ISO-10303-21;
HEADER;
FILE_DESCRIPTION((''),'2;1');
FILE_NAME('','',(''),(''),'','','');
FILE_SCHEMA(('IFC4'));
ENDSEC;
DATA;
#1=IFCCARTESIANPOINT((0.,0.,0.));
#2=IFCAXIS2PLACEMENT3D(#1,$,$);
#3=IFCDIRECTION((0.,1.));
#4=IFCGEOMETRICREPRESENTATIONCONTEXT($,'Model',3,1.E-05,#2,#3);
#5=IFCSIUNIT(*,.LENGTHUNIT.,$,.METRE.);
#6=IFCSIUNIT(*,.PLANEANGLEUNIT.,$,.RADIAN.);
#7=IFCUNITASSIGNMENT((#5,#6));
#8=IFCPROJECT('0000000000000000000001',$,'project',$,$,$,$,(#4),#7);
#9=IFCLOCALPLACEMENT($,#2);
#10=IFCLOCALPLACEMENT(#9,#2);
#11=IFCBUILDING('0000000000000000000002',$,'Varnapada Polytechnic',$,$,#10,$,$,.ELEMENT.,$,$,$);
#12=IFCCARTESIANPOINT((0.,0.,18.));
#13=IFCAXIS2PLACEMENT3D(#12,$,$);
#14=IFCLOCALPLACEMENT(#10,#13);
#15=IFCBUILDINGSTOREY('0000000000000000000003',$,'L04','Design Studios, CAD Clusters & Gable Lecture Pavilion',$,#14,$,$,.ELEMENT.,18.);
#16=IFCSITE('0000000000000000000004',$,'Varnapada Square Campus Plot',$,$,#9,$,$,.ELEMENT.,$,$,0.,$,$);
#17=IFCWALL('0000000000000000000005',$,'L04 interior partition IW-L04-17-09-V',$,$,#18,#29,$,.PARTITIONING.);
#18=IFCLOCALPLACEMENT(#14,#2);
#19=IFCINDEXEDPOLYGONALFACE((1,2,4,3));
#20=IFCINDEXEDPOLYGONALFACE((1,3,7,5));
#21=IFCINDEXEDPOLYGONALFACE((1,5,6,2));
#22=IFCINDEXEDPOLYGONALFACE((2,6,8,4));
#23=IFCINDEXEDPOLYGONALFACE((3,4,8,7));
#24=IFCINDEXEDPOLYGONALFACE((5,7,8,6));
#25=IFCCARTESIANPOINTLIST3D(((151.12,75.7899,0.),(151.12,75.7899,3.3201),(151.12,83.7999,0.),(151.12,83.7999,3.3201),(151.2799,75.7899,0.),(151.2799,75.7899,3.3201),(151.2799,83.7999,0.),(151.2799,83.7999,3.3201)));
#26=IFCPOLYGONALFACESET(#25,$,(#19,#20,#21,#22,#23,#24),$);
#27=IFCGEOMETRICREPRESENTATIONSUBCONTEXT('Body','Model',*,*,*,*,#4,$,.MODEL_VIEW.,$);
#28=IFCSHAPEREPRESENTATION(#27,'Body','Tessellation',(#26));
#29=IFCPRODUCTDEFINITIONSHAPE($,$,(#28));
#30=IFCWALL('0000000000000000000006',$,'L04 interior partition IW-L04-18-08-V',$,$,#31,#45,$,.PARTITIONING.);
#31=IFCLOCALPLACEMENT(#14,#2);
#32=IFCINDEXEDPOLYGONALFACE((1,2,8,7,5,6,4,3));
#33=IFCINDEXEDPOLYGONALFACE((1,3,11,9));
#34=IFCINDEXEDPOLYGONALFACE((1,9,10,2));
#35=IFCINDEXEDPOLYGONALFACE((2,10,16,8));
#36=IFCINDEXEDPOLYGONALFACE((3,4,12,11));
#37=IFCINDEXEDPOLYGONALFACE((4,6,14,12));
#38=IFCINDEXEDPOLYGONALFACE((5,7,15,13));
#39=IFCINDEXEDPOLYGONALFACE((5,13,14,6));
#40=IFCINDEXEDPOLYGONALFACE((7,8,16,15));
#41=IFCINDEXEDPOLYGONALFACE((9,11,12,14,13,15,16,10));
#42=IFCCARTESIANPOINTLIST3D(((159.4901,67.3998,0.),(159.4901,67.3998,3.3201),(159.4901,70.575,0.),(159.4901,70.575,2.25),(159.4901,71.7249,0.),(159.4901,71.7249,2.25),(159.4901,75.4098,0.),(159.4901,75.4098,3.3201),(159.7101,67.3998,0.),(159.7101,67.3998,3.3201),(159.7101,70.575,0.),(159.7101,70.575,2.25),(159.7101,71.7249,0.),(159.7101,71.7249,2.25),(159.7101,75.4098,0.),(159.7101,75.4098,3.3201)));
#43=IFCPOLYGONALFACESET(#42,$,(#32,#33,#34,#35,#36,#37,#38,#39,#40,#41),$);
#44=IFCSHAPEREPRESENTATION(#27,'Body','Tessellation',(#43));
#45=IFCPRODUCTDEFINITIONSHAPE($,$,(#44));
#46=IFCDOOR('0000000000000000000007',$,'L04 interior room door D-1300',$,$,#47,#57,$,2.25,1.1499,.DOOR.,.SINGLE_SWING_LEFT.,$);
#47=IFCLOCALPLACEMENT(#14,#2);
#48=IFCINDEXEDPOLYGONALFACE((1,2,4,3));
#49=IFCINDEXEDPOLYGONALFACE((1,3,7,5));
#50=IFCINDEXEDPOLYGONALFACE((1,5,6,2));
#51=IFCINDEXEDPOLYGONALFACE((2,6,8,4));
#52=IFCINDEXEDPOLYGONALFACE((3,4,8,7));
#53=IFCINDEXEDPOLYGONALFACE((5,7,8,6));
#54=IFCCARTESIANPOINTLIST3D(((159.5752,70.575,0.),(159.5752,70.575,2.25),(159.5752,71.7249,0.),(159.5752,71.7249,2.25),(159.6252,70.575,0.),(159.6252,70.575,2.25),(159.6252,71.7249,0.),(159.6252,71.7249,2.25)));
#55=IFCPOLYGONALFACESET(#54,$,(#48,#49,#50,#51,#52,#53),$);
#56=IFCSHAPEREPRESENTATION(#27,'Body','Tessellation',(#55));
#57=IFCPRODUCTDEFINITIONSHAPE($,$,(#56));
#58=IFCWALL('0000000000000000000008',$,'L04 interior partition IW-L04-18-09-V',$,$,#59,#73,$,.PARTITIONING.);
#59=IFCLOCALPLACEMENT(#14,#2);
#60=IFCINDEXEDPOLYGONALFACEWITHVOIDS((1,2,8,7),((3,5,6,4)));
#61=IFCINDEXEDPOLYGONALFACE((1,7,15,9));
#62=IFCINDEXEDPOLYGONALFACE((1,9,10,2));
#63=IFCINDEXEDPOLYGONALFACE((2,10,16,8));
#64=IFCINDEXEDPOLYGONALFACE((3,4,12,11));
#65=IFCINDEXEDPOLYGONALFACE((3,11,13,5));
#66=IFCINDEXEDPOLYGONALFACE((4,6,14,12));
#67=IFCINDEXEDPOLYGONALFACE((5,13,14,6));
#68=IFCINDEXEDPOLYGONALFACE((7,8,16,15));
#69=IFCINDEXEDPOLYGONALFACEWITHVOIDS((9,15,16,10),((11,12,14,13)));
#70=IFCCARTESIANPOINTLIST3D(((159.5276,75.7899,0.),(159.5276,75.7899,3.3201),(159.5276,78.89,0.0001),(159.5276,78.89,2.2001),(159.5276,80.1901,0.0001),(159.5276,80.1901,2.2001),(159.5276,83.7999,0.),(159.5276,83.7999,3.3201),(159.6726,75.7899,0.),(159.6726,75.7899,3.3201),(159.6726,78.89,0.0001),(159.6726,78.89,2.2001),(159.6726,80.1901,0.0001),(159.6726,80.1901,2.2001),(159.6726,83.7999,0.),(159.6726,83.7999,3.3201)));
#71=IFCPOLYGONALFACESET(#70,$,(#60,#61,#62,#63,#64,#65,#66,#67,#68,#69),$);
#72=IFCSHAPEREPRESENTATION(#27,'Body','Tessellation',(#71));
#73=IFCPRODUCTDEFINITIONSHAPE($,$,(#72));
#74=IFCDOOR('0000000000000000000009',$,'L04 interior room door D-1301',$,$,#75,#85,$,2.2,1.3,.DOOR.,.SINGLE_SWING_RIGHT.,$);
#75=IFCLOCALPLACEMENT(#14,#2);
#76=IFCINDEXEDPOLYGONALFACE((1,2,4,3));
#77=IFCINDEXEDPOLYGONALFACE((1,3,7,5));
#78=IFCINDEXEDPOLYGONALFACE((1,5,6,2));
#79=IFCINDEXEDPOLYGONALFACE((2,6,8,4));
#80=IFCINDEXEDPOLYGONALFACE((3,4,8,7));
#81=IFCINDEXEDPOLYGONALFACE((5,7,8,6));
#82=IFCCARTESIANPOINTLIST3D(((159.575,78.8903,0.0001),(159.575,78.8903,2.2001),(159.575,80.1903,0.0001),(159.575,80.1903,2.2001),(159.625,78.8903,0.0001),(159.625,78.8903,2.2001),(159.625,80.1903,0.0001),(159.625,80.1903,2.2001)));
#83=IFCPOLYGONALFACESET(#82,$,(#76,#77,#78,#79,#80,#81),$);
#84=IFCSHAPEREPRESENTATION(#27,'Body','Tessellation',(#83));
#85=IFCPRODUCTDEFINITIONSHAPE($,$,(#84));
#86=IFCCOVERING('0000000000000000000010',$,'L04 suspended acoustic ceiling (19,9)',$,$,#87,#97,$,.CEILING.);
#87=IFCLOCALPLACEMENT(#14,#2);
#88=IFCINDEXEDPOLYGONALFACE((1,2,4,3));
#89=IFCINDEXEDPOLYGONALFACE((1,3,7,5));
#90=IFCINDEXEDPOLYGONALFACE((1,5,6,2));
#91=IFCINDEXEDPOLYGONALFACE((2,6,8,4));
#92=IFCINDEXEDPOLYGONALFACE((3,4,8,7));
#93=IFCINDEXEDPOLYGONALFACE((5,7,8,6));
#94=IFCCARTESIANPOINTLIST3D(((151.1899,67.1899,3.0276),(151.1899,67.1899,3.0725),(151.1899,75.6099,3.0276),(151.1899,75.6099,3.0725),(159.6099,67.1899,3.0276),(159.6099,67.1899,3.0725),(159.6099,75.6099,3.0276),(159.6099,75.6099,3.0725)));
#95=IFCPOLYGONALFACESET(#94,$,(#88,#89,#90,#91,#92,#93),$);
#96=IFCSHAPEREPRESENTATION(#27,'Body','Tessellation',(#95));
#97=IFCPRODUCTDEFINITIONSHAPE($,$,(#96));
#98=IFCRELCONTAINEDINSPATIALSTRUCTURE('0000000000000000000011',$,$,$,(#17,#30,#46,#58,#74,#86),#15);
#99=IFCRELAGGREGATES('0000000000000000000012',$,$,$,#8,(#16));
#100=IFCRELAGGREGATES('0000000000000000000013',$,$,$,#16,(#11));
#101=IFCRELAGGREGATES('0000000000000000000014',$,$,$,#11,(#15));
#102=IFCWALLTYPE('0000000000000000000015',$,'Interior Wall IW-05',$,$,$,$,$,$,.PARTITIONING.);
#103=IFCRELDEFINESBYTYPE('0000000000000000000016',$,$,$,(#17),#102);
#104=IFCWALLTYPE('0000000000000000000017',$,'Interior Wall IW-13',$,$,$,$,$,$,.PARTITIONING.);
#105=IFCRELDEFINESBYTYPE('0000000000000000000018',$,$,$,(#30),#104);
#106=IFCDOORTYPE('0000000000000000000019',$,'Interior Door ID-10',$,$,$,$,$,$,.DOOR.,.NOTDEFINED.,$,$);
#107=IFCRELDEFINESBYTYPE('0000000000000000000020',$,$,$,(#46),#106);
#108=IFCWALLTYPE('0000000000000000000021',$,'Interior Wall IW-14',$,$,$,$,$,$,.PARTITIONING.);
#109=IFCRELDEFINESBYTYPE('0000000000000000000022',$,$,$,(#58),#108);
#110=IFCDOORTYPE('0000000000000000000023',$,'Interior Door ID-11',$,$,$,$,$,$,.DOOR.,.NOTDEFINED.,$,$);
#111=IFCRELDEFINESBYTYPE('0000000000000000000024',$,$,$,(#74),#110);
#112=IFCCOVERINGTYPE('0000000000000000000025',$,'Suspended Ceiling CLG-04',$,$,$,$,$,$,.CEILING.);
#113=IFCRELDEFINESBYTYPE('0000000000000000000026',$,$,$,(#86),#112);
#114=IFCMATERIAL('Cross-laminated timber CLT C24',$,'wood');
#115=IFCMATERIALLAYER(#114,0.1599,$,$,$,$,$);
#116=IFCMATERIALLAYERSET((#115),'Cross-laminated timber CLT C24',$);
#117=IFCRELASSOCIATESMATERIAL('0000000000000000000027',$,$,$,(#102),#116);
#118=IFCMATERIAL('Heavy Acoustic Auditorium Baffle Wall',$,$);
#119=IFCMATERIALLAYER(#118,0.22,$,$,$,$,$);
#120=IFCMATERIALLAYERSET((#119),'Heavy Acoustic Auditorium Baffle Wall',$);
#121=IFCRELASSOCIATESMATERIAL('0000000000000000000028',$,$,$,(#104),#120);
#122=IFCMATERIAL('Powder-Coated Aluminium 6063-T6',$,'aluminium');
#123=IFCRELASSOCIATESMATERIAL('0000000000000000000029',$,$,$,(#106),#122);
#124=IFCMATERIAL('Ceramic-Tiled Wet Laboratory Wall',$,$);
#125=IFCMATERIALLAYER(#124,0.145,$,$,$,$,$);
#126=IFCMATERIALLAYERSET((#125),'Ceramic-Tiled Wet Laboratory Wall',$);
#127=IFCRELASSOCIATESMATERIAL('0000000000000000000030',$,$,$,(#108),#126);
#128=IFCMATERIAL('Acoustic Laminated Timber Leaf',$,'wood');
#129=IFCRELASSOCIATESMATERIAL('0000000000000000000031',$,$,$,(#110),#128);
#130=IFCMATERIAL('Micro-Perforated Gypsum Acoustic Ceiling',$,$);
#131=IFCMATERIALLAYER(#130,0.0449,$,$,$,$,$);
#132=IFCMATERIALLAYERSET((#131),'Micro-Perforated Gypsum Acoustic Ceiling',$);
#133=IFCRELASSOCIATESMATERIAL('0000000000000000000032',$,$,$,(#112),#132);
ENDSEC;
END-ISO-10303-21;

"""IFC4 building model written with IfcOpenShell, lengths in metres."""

from ifc_helpers import new_model, si_unit, direction, frame, frame_2d, origin, origin_2d, place, context, subcontext, project, spatial, rectangle, extrude, material, layer, layer_set, type_object, element, fill, save


model = new_model("IFC4")

# Units and contexts
model_context = context("Model", 3, precision=1e-05, world=origin(), true_north=direction((0.0, 1.0)))
body_context = subcontext(model_context, "Body", "Model", "MODEL_VIEW")
ifc_project = project(units=[si_unit("LENGTHUNIT", "METRE"), si_unit("PLANEANGLEUNIT", "RADIAN")], contexts=[model_context])

# Site, building, storey
site_placement = place(None, origin())
site = spatial("IfcSite", under=ifc_project, at=site_placement, Name="Varnapada Square Campus Plot", CompositionType="ELEMENT", RefElevation=0.0)
building_placement = place(site_placement, origin())
building = spatial("IfcBuilding", under=site, at=building_placement, Name="Varnapada Polytechnic", CompositionType="ELEMENT")
storey_placement = place(building_placement, frame((0.0, 0.0, 18.0)))
storey = spatial("IfcBuildingStorey", under=building, at=storey_placement, Name="L04", Description="Design Studios, CAD Clusters & Gable Lecture Pavilion", CompositionType="ELEMENT", Elevation=18.0)

# Wall
ifc_material_1 = material(Name="Cross-laminated timber CLT C24", Category="wood")
ifc_layer_1 = layer(ifc_material_1, 0.1599)
ifc_layer_set_1 = layer_set([ifc_layer_1], Name="Cross-laminated timber CLT C24")
wall_type_1 = type_object("IfcWallType", Name="Interior Wall IW-05", PredefinedType="PARTITIONING", material=ifc_layer_set_1)
wall_1_placement = place(storey_placement, frame((151.2, 75.79, 0.0), z_axis=(0.0, 0.0, 1.0), x_axis=(0.0, 1.0, 0.0)))
element("IfcWall", 1, at=wall_1_placement, inside=storey, type_object=wall_type_1, Name="L04 interior partition IW-L04-17-09-V", PredefinedType="PARTITIONING", context=body_context, shape_type="SweptSolid", body=[
    extrude(rectangle(XDim=8.01, YDim=0.1599, at=frame_2d((4.0049, 0.0))), origin(), (0.0, 0.0, 1.0), 3.3201),
])

# Walls, openings, doors
ifc_material_2 = material(Name="Heavy Acoustic Auditorium Baffle Wall")
ifc_layer_2 = layer(ifc_material_2, 0.22)
ifc_layer_set_2 = layer_set([ifc_layer_2], Name="Heavy Acoustic Auditorium Baffle Wall")
wall_type_2 = type_object("IfcWallType", Name="Interior Wall IW-13", PredefinedType="PARTITIONING", material=ifc_layer_set_2)
wall_2_placement = place(storey_placement, frame((159.6001, 67.3999, 0.0), z_axis=(0.0, 0.0, 1.0), x_axis=(0.0, 1.0, 0.0)))
wall_2 = element("IfcWall", 2, at=wall_2_placement, inside=storey, type_object=wall_type_2, Name="L04 interior partition IW-L04-18-08-V", PredefinedType="PARTITIONING", context=body_context, shape_type="SweptSolid", body=[
    extrude(rectangle(XDim=8.01, YDim=0.22, at=frame_2d((4.0049, 0.0))), origin(), (0.0, 0.0, 1.0), 3.3201),
])
opening_1_placement = place(wall_2_placement, frame((3.175, 0.0, 0.0)))
opening_1 = element("IfcOpeningElement", 3, at=opening_1_placement, cuts=wall_2, PredefinedType="OPENING", context=body_context, shape_type="SweptSolid", body=[
    extrude(rectangle(XDim=1.1499, YDim=2.25, at=frame_2d((0.575, 1.125))), frame((0.0, 0.1199, 0.0), z_axis=(0.0, -1.0, 0.0), x_axis=(1.0, 0.0, 0.0)), (0.0, 0.0, 1.0), 0.24),
])
ifc_material_3 = material(Name="Powder-Coated Aluminium 6063-T6", Category="aluminium")
door_type_1 = type_object("IfcDoorType", Name="Interior Door ID-10", OperationType="NOTDEFINED", PredefinedType="DOOR", material=ifc_material_3)
door_1_placement = place(opening_1_placement, origin())
door_1 = element("IfcDoor", 4, at=door_1_placement, inside=storey, type_object=door_type_1, Name="L04 interior room door D-1300", OperationType="SINGLE_SWING_LEFT", OverallHeight=2.25, OverallWidth=1.1499, PredefinedType="DOOR", context=body_context, shape_type="SweptSolid", body=[
    extrude(rectangle(XDim=1.1499, YDim=2.25, at=frame_2d((0.575, 1.125))), frame((0.0, 0.0249, 0.0), z_axis=(0.0, -1.0, 0.0), x_axis=(1.0, 0.0, 0.0)), (0.0, 0.0, 1.0), 0.05),
])
fill(opening_1, door_1)
ifc_material_4 = material(Name="Ceramic-Tiled Wet Laboratory Wall")
ifc_layer_3 = layer(ifc_material_4, 0.145)
ifc_layer_set_3 = layer_set([ifc_layer_3], Name="Ceramic-Tiled Wet Laboratory Wall")
wall_type_3 = type_object("IfcWallType", Name="Interior Wall IW-14", PredefinedType="PARTITIONING", material=ifc_layer_set_3)
wall_3_placement = place(storey_placement, frame((159.6001, 75.79, 0.0), z_axis=(0.0, 0.0, 1.0), x_axis=(0.0, 1.0, 0.0)))
wall_3 = element("IfcWall", 5, at=wall_3_placement, inside=storey, type_object=wall_type_3, Name="L04 interior partition IW-L04-18-09-V", PredefinedType="PARTITIONING", context=body_context, shape_type="SweptSolid", body=[
    extrude(rectangle(XDim=8.01, YDim=0.145, at=frame_2d((4.0049, 0.0))), origin(), (0.0, 0.0, 1.0), 3.3201),
])
opening_2_placement = place(wall_3_placement, frame((3.1001, 0.0, 0.0)))
opening_2 = element("IfcOpeningElement", 6, at=opening_2_placement, cuts=wall_3, PredefinedType="OPENING", context=body_context, shape_type="SweptSolid", body=[
    extrude(rectangle(XDim=1.3, YDim=2.2, at=frame_2d((0.6499, 1.1001))), frame((0.0, 0.0825, 0.0), z_axis=(0.0, -1.0, 0.0), x_axis=(1.0, 0.0, 0.0)), (0.0, 0.0, 1.0), 0.165),
])
ifc_material_5 = material(Name="Acoustic Laminated Timber Leaf", Category="wood")
door_type_2 = type_object("IfcDoorType", Name="Interior Door ID-11", OperationType="NOTDEFINED", PredefinedType="DOOR", material=ifc_material_5)
door_2_placement = place(opening_2_placement, frame((1.3, 0.0, 0.0), z_axis=(0.0, 0.0, 1.0), x_axis=(-1.0, 0.0, 0.0)))
door_2 = element("IfcDoor", 7, at=door_2_placement, inside=storey, type_object=door_type_2, Name="L04 interior room door D-1301", OperationType="SINGLE_SWING_RIGHT", OverallHeight=2.2, OverallWidth=1.3, PredefinedType="DOOR", context=body_context, shape_type="SweptSolid", body=[
    extrude(rectangle(XDim=1.3, YDim=2.2, at=frame_2d((0.6499, 1.1001))), frame((0.0, 0.0249, 0.0), z_axis=(0.0, -1.0, 0.0), x_axis=(1.0, 0.0, 0.0)), (0.0, 0.0, 1.0), 0.05),
])
fill(opening_2, door_2)

# Covering
ifc_material_6 = material(Name="Micro-Perforated Gypsum Acoustic Ceiling")
ifc_layer_4 = layer(ifc_material_6, 0.0449)
ifc_layer_set_4 = layer_set([ifc_layer_4], Name="Micro-Perforated Gypsum Acoustic Ceiling")
covering_type = type_object("IfcCoveringType", Name="Suspended Ceiling CLG-04", PredefinedType="CEILING", material=ifc_layer_set_4)
covering_placement = place(storey_placement, frame((155.3999, 71.3999, 3.0276), z_axis=(0.0, 0.0, 1.0), x_axis=(1.0, 0.0, 0.0)))
element("IfcCovering", 8, at=covering_placement, inside=storey, type_object=covering_type, Name="L04 suspended acoustic ceiling (19,9)", PredefinedType="CEILING", context=body_context, shape_type="SweptSolid", body=[
    extrude(rectangle(XDim=8.4199, YDim=8.4199, at=origin_2d()), origin(), (0.0, 0.0, 1.0), 0.0449),
])

save(model, "model.ifc")
